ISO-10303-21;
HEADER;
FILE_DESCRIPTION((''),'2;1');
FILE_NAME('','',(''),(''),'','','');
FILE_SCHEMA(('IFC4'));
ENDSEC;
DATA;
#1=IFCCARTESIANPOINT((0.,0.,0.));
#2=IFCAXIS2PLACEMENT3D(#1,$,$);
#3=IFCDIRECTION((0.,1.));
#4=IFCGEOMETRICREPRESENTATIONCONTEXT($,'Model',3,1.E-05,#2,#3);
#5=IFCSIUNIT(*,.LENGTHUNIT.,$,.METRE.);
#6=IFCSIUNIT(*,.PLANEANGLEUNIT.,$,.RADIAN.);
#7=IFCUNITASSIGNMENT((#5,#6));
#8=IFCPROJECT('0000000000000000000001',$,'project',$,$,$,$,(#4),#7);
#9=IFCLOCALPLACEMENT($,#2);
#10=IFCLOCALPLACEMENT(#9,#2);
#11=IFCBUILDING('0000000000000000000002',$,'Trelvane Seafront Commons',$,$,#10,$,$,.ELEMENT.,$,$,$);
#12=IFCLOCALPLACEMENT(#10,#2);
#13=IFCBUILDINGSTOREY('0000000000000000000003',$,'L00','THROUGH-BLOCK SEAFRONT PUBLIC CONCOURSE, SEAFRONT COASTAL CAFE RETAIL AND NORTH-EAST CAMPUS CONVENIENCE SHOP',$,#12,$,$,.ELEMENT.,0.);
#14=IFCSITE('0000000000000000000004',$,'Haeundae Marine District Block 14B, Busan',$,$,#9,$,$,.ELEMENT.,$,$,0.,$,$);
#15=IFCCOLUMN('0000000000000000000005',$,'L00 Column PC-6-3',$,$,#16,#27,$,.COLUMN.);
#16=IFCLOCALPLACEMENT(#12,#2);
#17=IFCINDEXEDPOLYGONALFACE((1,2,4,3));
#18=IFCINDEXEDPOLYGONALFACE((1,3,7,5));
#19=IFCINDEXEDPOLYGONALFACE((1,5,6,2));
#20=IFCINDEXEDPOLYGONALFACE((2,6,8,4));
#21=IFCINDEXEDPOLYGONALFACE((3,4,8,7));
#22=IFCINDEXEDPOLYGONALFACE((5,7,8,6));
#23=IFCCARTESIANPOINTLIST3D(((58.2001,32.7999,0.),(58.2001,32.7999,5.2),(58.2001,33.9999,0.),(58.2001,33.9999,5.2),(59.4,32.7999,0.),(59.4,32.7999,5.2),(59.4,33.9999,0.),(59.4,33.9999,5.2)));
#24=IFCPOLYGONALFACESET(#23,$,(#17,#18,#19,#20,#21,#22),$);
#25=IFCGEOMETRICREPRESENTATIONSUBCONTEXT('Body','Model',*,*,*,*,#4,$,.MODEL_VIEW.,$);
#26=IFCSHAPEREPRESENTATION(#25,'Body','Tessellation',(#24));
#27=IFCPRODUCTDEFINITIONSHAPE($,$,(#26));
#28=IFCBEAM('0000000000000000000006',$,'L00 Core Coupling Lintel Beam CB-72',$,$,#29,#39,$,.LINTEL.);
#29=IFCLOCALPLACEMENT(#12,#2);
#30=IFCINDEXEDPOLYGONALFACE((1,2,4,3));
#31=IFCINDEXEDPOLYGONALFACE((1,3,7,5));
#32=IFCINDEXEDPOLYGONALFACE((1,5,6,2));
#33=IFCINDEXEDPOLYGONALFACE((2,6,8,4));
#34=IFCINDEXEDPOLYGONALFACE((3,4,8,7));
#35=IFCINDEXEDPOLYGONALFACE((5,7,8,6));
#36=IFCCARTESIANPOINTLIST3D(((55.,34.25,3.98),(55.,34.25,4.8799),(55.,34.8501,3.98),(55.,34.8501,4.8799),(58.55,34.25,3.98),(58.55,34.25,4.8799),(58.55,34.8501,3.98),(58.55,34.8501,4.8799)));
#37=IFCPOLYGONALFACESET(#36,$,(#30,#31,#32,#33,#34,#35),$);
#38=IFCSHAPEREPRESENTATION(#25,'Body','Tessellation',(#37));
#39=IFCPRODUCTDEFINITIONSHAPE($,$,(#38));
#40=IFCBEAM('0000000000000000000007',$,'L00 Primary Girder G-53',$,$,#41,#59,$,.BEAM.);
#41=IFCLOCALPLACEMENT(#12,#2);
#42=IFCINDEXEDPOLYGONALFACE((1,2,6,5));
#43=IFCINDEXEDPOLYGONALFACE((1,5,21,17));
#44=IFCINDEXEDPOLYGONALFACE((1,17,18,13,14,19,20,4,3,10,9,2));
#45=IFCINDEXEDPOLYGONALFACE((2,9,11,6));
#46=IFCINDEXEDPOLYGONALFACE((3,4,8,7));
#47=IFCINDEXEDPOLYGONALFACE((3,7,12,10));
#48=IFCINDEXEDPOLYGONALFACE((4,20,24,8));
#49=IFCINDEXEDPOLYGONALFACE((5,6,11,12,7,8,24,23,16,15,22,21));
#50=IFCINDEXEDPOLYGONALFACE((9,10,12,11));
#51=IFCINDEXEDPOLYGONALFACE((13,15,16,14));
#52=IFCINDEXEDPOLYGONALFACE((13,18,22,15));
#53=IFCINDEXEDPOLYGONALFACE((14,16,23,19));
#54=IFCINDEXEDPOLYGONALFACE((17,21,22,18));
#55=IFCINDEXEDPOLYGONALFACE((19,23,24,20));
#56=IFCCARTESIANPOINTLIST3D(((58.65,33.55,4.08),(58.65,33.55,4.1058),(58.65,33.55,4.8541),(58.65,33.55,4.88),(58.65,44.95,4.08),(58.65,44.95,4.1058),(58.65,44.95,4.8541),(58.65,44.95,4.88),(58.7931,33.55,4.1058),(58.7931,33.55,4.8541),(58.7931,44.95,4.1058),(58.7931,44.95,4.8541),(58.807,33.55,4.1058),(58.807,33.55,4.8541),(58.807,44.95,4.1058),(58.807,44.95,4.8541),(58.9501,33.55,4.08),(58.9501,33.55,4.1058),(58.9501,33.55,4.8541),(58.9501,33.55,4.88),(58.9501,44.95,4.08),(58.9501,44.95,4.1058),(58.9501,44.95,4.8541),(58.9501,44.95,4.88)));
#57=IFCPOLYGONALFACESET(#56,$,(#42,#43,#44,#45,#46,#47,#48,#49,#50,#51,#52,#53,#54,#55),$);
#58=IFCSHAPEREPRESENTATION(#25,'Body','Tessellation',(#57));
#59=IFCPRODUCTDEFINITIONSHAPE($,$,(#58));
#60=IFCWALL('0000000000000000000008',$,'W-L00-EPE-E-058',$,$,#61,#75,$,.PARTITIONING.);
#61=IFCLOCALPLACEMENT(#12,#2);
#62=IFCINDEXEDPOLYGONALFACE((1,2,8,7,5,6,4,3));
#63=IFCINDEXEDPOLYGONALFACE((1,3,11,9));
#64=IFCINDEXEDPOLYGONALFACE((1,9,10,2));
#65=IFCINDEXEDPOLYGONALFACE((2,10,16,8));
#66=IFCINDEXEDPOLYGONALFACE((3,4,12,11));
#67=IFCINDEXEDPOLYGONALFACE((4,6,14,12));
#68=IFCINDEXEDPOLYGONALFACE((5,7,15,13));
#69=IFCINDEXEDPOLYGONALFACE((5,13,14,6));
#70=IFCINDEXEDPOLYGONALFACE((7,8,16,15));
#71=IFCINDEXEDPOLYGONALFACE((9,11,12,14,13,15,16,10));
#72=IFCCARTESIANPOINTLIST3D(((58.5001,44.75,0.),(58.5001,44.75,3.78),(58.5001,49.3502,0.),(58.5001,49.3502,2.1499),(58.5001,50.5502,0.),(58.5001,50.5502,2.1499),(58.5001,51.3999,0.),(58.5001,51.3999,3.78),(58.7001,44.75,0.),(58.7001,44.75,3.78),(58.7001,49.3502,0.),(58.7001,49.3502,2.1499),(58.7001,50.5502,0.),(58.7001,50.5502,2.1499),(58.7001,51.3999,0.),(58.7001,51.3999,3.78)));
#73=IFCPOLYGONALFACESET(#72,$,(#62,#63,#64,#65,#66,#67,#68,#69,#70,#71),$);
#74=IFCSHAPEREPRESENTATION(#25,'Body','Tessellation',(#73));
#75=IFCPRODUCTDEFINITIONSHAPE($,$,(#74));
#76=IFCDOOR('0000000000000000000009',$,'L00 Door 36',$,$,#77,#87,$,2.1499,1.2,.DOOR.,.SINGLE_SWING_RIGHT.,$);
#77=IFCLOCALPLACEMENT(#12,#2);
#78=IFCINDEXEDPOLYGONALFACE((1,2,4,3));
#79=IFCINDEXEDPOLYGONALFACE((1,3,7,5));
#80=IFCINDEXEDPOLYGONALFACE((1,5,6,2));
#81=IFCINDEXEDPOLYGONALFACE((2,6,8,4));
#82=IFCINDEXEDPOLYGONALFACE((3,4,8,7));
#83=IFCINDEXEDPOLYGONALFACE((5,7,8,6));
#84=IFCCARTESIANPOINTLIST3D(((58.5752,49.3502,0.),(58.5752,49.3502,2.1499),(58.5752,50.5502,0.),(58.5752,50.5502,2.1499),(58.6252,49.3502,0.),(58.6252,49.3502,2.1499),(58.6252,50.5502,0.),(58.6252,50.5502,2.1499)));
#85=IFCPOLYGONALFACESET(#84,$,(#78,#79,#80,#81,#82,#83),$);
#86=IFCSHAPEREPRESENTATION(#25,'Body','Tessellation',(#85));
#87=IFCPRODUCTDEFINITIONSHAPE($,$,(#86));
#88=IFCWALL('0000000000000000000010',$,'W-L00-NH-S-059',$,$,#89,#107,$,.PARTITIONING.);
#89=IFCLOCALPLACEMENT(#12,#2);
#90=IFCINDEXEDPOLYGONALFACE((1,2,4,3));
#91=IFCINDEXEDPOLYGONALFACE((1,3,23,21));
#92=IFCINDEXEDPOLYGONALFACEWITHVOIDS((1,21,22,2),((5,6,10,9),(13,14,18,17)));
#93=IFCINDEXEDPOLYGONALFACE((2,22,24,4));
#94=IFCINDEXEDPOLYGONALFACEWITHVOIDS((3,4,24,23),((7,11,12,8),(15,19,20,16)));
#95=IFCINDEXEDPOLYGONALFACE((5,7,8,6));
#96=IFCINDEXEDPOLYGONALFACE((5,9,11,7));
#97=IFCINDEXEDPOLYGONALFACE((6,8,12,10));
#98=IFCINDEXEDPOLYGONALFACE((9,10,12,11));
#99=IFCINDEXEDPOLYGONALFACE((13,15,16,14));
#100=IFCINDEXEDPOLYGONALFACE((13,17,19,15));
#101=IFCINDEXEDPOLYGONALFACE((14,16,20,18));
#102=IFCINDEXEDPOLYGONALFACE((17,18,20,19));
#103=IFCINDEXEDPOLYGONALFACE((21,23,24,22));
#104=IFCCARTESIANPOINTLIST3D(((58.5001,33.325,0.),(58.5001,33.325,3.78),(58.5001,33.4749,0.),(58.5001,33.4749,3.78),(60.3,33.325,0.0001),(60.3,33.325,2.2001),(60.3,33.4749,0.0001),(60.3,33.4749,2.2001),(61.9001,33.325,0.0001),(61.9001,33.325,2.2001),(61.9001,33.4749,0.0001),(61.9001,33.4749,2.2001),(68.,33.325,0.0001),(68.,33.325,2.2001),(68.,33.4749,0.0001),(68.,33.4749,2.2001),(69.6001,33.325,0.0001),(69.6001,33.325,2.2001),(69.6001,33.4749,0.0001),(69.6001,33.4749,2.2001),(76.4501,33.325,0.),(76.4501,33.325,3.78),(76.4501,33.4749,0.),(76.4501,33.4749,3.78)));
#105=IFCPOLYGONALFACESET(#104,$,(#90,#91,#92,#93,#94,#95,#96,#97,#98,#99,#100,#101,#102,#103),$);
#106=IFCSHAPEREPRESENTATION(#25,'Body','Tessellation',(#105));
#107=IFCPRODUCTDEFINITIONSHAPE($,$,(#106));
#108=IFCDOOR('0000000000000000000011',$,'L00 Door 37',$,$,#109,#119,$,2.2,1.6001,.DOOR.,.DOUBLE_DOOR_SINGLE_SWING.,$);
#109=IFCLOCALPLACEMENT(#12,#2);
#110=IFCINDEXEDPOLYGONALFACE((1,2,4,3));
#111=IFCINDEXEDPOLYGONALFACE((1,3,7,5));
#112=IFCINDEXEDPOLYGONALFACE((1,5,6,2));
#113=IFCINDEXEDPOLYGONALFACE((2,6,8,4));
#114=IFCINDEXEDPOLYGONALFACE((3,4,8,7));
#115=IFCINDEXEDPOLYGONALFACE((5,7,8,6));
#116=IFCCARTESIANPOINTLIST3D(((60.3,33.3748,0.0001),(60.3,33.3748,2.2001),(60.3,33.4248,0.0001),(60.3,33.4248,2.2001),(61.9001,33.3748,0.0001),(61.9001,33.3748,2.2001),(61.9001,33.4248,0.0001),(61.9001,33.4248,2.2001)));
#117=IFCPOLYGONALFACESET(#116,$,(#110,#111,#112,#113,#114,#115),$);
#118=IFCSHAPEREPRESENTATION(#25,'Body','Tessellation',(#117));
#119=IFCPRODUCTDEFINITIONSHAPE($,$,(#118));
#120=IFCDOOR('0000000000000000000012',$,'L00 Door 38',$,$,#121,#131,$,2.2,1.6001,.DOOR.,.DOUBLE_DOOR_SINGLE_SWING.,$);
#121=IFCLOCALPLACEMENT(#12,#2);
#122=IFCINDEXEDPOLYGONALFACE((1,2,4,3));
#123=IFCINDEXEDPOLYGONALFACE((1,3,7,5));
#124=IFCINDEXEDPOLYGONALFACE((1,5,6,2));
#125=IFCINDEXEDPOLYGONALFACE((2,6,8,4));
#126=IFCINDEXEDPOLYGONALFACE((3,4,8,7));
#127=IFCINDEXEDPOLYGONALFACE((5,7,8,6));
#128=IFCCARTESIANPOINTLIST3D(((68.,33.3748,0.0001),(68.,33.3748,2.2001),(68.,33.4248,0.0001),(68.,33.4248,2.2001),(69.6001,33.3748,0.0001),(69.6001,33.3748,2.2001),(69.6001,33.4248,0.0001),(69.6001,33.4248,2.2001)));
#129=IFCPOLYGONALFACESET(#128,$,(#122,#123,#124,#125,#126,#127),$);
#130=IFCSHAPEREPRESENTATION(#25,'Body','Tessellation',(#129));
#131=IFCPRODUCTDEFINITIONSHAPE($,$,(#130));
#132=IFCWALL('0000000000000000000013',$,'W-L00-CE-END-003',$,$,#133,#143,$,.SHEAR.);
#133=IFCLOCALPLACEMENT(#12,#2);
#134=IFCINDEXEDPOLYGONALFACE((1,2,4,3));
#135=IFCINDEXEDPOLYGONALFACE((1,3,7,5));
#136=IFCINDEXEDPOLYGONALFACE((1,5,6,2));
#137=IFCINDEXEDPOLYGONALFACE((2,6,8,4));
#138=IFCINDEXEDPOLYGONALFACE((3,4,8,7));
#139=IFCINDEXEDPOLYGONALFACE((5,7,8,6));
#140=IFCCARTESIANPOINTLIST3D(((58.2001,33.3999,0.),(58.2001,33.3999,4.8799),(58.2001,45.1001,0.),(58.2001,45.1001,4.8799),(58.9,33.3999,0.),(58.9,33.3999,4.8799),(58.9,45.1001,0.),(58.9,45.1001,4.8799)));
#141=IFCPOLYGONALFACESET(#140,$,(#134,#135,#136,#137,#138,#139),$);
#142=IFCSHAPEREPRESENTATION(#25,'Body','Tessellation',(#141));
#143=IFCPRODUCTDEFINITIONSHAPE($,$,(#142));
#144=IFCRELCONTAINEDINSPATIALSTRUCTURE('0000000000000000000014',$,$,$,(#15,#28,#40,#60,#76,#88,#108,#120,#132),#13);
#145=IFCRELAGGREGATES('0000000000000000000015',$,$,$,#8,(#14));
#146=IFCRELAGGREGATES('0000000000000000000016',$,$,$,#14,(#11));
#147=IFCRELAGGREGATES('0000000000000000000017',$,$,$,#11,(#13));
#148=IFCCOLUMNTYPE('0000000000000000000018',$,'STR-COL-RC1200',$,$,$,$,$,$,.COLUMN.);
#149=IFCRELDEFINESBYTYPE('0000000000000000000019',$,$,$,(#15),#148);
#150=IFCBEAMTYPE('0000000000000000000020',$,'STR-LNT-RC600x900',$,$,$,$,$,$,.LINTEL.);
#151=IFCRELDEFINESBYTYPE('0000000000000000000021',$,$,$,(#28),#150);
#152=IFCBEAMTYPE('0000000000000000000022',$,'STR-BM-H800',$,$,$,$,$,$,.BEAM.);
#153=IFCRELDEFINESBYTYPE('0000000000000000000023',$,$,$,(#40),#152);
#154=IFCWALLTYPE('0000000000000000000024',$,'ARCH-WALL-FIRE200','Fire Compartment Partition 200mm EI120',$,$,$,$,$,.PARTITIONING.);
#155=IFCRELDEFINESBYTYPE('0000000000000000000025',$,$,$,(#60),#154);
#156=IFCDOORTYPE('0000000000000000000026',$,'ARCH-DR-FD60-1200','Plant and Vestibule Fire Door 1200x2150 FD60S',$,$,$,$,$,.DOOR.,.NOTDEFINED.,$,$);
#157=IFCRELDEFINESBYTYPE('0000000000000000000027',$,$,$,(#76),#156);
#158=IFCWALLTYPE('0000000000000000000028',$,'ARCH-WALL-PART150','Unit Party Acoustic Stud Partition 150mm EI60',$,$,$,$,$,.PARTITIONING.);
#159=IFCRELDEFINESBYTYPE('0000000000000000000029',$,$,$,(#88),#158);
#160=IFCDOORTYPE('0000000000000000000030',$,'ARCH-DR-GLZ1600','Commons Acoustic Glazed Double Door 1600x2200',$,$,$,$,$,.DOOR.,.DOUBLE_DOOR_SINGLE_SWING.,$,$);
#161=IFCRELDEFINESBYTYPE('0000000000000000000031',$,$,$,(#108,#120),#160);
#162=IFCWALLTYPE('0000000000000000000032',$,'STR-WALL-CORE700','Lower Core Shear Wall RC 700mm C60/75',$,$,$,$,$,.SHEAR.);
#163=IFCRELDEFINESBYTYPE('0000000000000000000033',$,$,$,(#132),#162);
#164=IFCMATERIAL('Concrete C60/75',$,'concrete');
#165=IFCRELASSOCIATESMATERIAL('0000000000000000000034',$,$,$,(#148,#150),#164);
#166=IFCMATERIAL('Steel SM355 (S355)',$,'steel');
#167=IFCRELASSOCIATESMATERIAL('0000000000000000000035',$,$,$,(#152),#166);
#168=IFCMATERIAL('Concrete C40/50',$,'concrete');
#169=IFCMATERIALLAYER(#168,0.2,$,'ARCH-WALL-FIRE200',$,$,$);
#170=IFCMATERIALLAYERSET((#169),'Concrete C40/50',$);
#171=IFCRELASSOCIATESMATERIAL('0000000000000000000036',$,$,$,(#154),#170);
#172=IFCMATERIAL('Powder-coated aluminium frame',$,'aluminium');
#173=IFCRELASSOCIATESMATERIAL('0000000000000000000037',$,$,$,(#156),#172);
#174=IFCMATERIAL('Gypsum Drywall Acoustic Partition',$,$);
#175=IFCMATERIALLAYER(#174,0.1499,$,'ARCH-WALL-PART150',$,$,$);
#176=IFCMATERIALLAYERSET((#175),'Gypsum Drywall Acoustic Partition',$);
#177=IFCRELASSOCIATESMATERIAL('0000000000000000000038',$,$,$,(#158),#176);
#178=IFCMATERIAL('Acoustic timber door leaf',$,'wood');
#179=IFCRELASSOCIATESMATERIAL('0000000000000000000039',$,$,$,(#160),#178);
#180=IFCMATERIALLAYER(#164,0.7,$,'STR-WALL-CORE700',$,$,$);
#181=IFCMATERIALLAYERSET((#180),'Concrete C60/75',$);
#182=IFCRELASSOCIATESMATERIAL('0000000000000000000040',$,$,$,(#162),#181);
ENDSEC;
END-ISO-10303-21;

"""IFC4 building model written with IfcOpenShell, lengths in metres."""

from ifc_helpers import new_model, si_unit, direction, frame, frame_2d, origin, origin_2d, place, context, subcontext, project, spatial, rectangle, i_section, extrude, source, transform, mapped, material, layer, layer_set, material_profile, profile_set, type_object, element, fill, save


model = new_model("IFC4")

# Units and contexts
model_context = context("Model", 3, precision=1e-05, world=origin(), true_north=direction((0.0, 1.0)))
body_context = subcontext(model_context, "Body", "Model", "MODEL_VIEW")
ifc_project = project(units=[si_unit("LENGTHUNIT", "METRE"), si_unit("PLANEANGLEUNIT", "RADIAN")], contexts=[model_context])

# Site, building, storey
site_placement = place(None, origin())
site = spatial("IfcSite", under=ifc_project, at=site_placement, Name="Haeundae Marine District Block 14B, Busan", CompositionType="ELEMENT", RefElevation=0.0)
building_placement = place(site_placement, origin())
building = spatial("IfcBuilding", under=site, at=building_placement, Name="Trelvane Seafront Commons", CompositionType="ELEMENT")
storey_placement = place(building_placement, origin())
storey = spatial("IfcBuildingStorey", under=building, at=storey_placement, Name="L00", Description="THROUGH-BLOCK SEAFRONT PUBLIC CONCOURSE, SEAFRONT COASTAL CAFE RETAIL AND NORTH-EAST CAMPUS CONVENIENCE SHOP", CompositionType="ELEMENT", Elevation=0.0)

# Column
ifc_material_1 = material(Name="Concrete C60/75", Category="concrete")
ifc_material_profile_1 = material_profile(ifc_material_1, rectangle(XDim=1.2, YDim=1.2, at=origin_2d()), Name="RC-1200x1200")
ifc_profile_set_1 = profile_set([ifc_material_profile_1], Name="Concrete C60/75")
column_type = type_object("IfcColumnType", Name="STR-COL-RC1200", PredefinedType="COLUMN", material=ifc_profile_set_1)
shared_shape_1 = source(origin(), body_context, "Body", "SweptSolid", [
    extrude(rectangle(XDim=1.2, YDim=1.2, at=origin_2d()), origin(), (0.0, 0.0, 1.0), 5.2),
])
column_placement = place(storey_placement, frame((58.8, 33.3999, 0.0), z_axis=(0.0, 0.0, 1.0), x_axis=(1.0, 0.0, 0.0)))
element("IfcColumn", 1, at=column_placement, inside=storey, type_object=column_type, Name="L00 Column PC-6-3", PredefinedType="COLUMN", context=body_context, shape_type="MappedRepresentation", body=[
    mapped(shared_shape_1, transform((0.0, 0.0, 0.0), x_axis=(1.0, 0.0, 0.0), y_axis=(0.0, 1.0, 0.0), z_axis=(0.0, 0.0, 1.0), scale=1.0)),
])

# Beams
ifc_material_profile_2 = material_profile(ifc_material_1, rectangle(XDim=0.6001, YDim=0.8999, at=origin_2d()), Name="RC-600x900")
ifc_profile_set_2 = profile_set([ifc_material_profile_2], Name="Concrete C60/75")
beam_type_1 = type_object("IfcBeamType", Name="STR-LNT-RC600x900", PredefinedType="LINTEL", material=ifc_profile_set_2)
shared_shape_2 = source(origin(), body_context, "Body", "SweptSolid", [
    extrude(rectangle(XDim=0.6001, YDim=0.8999, at=origin_2d()), origin(), (0.0, 0.0, 1.0), 3.55),
])
beam_1_placement = place(storey_placement, frame((55.0, 34.55, 4.4299), z_axis=(1.0, 0.0, 0.0), x_axis=(0.0, 1.0, 0.0)))
element("IfcBeam", 2, at=beam_1_placement, inside=storey, type_object=beam_type_1, Name="L00 Core Coupling Lintel Beam CB-72", PredefinedType="LINTEL", context=body_context, shape_type="MappedRepresentation", body=[
    mapped(shared_shape_2, transform((0.0, 0.0, 0.0), x_axis=(1.0, 0.0, 0.0), y_axis=(0.0, 1.0, 0.0), z_axis=(0.0, 0.0, 1.0), scale=1.0)),
])
ifc_material_2 = material(Name="Steel SM355 (S355)", Category="steel")
ifc_material_profile_3 = material_profile(ifc_material_2, i_section(OverallWidth=0.3, OverallDepth=0.8, WebThickness=0.0139, FlangeThickness=0.0259, at=origin_2d()), Name="H-800x300x14x26")
ifc_profile_set_3 = profile_set([ifc_material_profile_3], Name="Steel SM355 (S355)")
beam_type_2 = type_object("IfcBeamType", Name="STR-BM-H800", PredefinedType="BEAM", material=ifc_profile_set_3)
shared_shape_3 = source(origin(), body_context, "Body", "SweptSolid", [
    extrude(i_section(OverallWidth=0.3, OverallDepth=0.8, WebThickness=0.0139, FlangeThickness=0.0259, at=origin_2d()), origin(), (0.0, 0.0, 1.0), 11.3999),
])
beam_2_placement = place(storey_placement, frame((58.8, 33.55, 4.48), z_axis=(0.0, 1.0, 0.0), x_axis=(-1.0, 0.0, 0.0)))
element("IfcBeam", 3, at=beam_2_placement, inside=storey, type_object=beam_type_2, Name="L00 Primary Girder G-53", PredefinedType="BEAM", context=body_context, shape_type="MappedRepresentation", body=[
    mapped(shared_shape_3, transform((0.0, 0.0, 0.0), x_axis=(1.0, 0.0, 0.0), y_axis=(0.0, 1.0, 0.0), z_axis=(0.0, 0.0, 1.0), scale=1.0)),
])

# Wall, opening, door
ifc_material_3 = material(Name="Concrete C40/50", Category="concrete")
ifc_layer_1 = layer(ifc_material_3, 0.2, Name="ARCH-WALL-FIRE200")
ifc_layer_set_1 = layer_set([ifc_layer_1], Name="Concrete C40/50")
wall_type_1 = type_object("IfcWallType", Name="ARCH-WALL-FIRE200", Description="Fire Compartment Partition 200mm EI120", PredefinedType="PARTITIONING", material=ifc_layer_set_1)
wall_1_placement = place(storey_placement, frame((58.6001, 44.75, 0.0), z_axis=(0.0, 0.0, 1.0), x_axis=(0.0, 1.0, 0.0)))
wall_1 = element("IfcWall", 4, at=wall_1_placement, inside=storey, type_object=wall_type_1, Name="W-L00-EPE-E-058", PredefinedType="PARTITIONING", context=body_context, shape_type="SweptSolid", body=[
    extrude(rectangle(XDim=6.6499, YDim=0.2, at=frame_2d((3.325, 0.0))), origin(), (0.0, 0.0, 1.0), 3.78),
])
opening_1_placement = place(wall_1_placement, frame((4.6001, 0.0, 0.0)))
opening_1 = element("IfcOpeningElement", 5, at=opening_1_placement, cuts=wall_1, PredefinedType="OPENING", context=body_context, shape_type="SweptSolid", body=[
    extrude(rectangle(XDim=1.2, YDim=2.1499, at=frame_2d((0.6001, 1.075))), frame((0.0, 0.1099, 0.0), z_axis=(0.0, -1.0, 0.0), x_axis=(1.0, 0.0, 0.0)), (0.0, 0.0, 1.0), 0.22),
])
ifc_material_4 = material(Name="Powder-coated aluminium frame", Category="aluminium")
door_type_1 = type_object("IfcDoorType", Name="ARCH-DR-FD60-1200", Description="Plant and Vestibule Fire Door 1200x2150 FD60S", OperationType="NOTDEFINED", PredefinedType="DOOR", material=ifc_material_4)
shared_shape_4 = source(origin(), body_context, "Body", "SweptSolid", [
    extrude(rectangle(XDim=1.2, YDim=2.1499, at=frame_2d((0.6001, 1.075))), frame((0.0, 0.0249, 0.0), z_axis=(0.0, -1.0, 0.0), x_axis=(1.0, 0.0, 0.0)), (0.0, 0.0, 1.0), 0.05),
])
door_1_placement = place(opening_1_placement, origin())
door_1 = element("IfcDoor", 6, at=door_1_placement, inside=storey, type_object=door_type_1, Name="L00 Door 36", OperationType="SINGLE_SWING_RIGHT", OverallHeight=2.1499, OverallWidth=1.2, PredefinedType="DOOR", context=body_context, shape_type="MappedRepresentation", body=[
    mapped(shared_shape_4, transform((0.0, 0.0, 0.0), x_axis=(1.0, 0.0, 0.0), y_axis=(0.0, 1.0, 0.0), z_axis=(0.0, 0.0, 1.0), scale=1.0)),
])
fill(opening_1, door_1)

# Wall, openings, doors
ifc_material_5 = material(Name="Gypsum Drywall Acoustic Partition")
ifc_layer_2 = layer(ifc_material_5, 0.1499, Name="ARCH-WALL-PART150")
ifc_layer_set_2 = layer_set([ifc_layer_2], Name="Gypsum Drywall Acoustic Partition")
wall_type_2 = type_object("IfcWallType", Name="ARCH-WALL-PART150", Description="Unit Party Acoustic Stud Partition 150mm EI60", PredefinedType="PARTITIONING", material=ifc_layer_set_2)
wall_2_placement = place(storey_placement, frame((58.5, 33.3999, 0.0), z_axis=(0.0, 0.0, 1.0), x_axis=(1.0, 0.0, 0.0)))
wall_2 = element("IfcWall", 7, at=wall_2_placement, inside=storey, type_object=wall_type_2, Name="W-L00-NH-S-059", PredefinedType="PARTITIONING", context=body_context, shape_type="SweptSolid", body=[
    extrude(rectangle(XDim=17.95, YDim=0.1499, at=frame_2d((8.9751, 0.0))), origin(), (0.0, 0.0, 1.0), 3.78),
])
opening_2_placement = place(wall_2_placement, frame((1.8, 0.0, 0.0)))
opening_2 = element("IfcOpeningElement", 8, at=opening_2_placement, cuts=wall_2, PredefinedType="OPENING", context=body_context, shape_type="SweptSolid", body=[
    extrude(rectangle(XDim=1.6001, YDim=2.2, at=frame_2d((0.8, 1.1001))), frame((0.0, 0.085, 0.0), z_axis=(0.0, -1.0, 0.0), x_axis=(1.0, 0.0, 0.0)), (0.0, 0.0, 1.0), 0.1699),
])
opening_3_placement = place(wall_2_placement, frame((9.5, 0.0, 0.0)))
opening_3 = element("IfcOpeningElement", 9, at=opening_3_placement, cuts=wall_2, PredefinedType="OPENING", context=body_context, shape_type="SweptSolid", body=[
    extrude(rectangle(XDim=1.6001, YDim=2.2, at=frame_2d((0.8, 1.1001))), frame((0.0, 0.085, 0.0), z_axis=(0.0, -1.0, 0.0), x_axis=(1.0, 0.0, 0.0)), (0.0, 0.0, 1.0), 0.1699),
])
ifc_material_6 = material(Name="Acoustic timber door leaf", Category="wood")
door_type_2 = type_object("IfcDoorType", Name="ARCH-DR-GLZ1600", Description="Commons Acoustic Glazed Double Door 1600x2200", OperationType="DOUBLE_DOOR_SINGLE_SWING", PredefinedType="DOOR", material=ifc_material_6)
shared_shape_5 = source(origin(), body_context, "Body", "SweptSolid", [
    extrude(rectangle(XDim=1.6001, YDim=2.2, at=frame_2d((0.8, 1.1001))), frame((0.0, 0.0249, 0.0), z_axis=(0.0, -1.0, 0.0), x_axis=(1.0, 0.0, 0.0)), (0.0, 0.0, 1.0), 0.05),
])
door_2_placement = place(opening_2_placement, origin())
door_2 = element("IfcDoor", 10, at=door_2_placement, inside=storey, type_object=door_type_2, Name="L00 Door 37", OperationType="DOUBLE_DOOR_SINGLE_SWING", OverallHeight=2.2, OverallWidth=1.6001, PredefinedType="DOOR", context=body_context, shape_type="MappedRepresentation", body=[
    mapped(shared_shape_5, transform((0.0, 0.0, 0.0), x_axis=(1.0, 0.0, 0.0), y_axis=(0.0, 1.0, 0.0), z_axis=(0.0, 0.0, 1.0), scale=1.0)),
])
fill(opening_2, door_2)
door_3_placement = place(opening_3_placement, origin())
door_3 = element("IfcDoor", 11, at=door_3_placement, inside=storey, type_object=door_type_2, Name="L00 Door 38", OperationType="DOUBLE_DOOR_SINGLE_SWING", OverallHeight=2.2, OverallWidth=1.6001, PredefinedType="DOOR", context=body_context, shape_type="MappedRepresentation", body=[
    mapped(shared_shape_5, transform((0.0, 0.0, 0.0), x_axis=(1.0, 0.0, 0.0), y_axis=(0.0, 1.0, 0.0), z_axis=(0.0, 0.0, 1.0), scale=1.0)),
])
fill(opening_3, door_3)

# Wall
ifc_layer_3 = layer(ifc_material_1, 0.7, Name="STR-WALL-CORE700")
ifc_layer_set_3 = layer_set([ifc_layer_3], Name="Concrete C60/75")
wall_type_3 = type_object("IfcWallType", Name="STR-WALL-CORE700", Description="Lower Core Shear Wall RC 700mm C60/75", PredefinedType="SHEAR", material=ifc_layer_set_3)
wall_3_placement = place(storey_placement, frame((58.55, 33.3999, 0.0), z_axis=(0.0, 0.0, 1.0), x_axis=(0.0, 1.0, 0.0)))
element("IfcWall", 12, at=wall_3_placement, inside=storey, type_object=wall_type_3, Name="W-L00-CE-END-003", PredefinedType="SHEAR", context=body_context, shape_type="SweptSolid", body=[
    extrude(rectangle(XDim=11.7002, YDim=0.7, at=frame_2d((5.8501, 0.0))), origin(), (0.0, 0.0, 1.0), 4.8799),
])

save(model, "model.ifc")
